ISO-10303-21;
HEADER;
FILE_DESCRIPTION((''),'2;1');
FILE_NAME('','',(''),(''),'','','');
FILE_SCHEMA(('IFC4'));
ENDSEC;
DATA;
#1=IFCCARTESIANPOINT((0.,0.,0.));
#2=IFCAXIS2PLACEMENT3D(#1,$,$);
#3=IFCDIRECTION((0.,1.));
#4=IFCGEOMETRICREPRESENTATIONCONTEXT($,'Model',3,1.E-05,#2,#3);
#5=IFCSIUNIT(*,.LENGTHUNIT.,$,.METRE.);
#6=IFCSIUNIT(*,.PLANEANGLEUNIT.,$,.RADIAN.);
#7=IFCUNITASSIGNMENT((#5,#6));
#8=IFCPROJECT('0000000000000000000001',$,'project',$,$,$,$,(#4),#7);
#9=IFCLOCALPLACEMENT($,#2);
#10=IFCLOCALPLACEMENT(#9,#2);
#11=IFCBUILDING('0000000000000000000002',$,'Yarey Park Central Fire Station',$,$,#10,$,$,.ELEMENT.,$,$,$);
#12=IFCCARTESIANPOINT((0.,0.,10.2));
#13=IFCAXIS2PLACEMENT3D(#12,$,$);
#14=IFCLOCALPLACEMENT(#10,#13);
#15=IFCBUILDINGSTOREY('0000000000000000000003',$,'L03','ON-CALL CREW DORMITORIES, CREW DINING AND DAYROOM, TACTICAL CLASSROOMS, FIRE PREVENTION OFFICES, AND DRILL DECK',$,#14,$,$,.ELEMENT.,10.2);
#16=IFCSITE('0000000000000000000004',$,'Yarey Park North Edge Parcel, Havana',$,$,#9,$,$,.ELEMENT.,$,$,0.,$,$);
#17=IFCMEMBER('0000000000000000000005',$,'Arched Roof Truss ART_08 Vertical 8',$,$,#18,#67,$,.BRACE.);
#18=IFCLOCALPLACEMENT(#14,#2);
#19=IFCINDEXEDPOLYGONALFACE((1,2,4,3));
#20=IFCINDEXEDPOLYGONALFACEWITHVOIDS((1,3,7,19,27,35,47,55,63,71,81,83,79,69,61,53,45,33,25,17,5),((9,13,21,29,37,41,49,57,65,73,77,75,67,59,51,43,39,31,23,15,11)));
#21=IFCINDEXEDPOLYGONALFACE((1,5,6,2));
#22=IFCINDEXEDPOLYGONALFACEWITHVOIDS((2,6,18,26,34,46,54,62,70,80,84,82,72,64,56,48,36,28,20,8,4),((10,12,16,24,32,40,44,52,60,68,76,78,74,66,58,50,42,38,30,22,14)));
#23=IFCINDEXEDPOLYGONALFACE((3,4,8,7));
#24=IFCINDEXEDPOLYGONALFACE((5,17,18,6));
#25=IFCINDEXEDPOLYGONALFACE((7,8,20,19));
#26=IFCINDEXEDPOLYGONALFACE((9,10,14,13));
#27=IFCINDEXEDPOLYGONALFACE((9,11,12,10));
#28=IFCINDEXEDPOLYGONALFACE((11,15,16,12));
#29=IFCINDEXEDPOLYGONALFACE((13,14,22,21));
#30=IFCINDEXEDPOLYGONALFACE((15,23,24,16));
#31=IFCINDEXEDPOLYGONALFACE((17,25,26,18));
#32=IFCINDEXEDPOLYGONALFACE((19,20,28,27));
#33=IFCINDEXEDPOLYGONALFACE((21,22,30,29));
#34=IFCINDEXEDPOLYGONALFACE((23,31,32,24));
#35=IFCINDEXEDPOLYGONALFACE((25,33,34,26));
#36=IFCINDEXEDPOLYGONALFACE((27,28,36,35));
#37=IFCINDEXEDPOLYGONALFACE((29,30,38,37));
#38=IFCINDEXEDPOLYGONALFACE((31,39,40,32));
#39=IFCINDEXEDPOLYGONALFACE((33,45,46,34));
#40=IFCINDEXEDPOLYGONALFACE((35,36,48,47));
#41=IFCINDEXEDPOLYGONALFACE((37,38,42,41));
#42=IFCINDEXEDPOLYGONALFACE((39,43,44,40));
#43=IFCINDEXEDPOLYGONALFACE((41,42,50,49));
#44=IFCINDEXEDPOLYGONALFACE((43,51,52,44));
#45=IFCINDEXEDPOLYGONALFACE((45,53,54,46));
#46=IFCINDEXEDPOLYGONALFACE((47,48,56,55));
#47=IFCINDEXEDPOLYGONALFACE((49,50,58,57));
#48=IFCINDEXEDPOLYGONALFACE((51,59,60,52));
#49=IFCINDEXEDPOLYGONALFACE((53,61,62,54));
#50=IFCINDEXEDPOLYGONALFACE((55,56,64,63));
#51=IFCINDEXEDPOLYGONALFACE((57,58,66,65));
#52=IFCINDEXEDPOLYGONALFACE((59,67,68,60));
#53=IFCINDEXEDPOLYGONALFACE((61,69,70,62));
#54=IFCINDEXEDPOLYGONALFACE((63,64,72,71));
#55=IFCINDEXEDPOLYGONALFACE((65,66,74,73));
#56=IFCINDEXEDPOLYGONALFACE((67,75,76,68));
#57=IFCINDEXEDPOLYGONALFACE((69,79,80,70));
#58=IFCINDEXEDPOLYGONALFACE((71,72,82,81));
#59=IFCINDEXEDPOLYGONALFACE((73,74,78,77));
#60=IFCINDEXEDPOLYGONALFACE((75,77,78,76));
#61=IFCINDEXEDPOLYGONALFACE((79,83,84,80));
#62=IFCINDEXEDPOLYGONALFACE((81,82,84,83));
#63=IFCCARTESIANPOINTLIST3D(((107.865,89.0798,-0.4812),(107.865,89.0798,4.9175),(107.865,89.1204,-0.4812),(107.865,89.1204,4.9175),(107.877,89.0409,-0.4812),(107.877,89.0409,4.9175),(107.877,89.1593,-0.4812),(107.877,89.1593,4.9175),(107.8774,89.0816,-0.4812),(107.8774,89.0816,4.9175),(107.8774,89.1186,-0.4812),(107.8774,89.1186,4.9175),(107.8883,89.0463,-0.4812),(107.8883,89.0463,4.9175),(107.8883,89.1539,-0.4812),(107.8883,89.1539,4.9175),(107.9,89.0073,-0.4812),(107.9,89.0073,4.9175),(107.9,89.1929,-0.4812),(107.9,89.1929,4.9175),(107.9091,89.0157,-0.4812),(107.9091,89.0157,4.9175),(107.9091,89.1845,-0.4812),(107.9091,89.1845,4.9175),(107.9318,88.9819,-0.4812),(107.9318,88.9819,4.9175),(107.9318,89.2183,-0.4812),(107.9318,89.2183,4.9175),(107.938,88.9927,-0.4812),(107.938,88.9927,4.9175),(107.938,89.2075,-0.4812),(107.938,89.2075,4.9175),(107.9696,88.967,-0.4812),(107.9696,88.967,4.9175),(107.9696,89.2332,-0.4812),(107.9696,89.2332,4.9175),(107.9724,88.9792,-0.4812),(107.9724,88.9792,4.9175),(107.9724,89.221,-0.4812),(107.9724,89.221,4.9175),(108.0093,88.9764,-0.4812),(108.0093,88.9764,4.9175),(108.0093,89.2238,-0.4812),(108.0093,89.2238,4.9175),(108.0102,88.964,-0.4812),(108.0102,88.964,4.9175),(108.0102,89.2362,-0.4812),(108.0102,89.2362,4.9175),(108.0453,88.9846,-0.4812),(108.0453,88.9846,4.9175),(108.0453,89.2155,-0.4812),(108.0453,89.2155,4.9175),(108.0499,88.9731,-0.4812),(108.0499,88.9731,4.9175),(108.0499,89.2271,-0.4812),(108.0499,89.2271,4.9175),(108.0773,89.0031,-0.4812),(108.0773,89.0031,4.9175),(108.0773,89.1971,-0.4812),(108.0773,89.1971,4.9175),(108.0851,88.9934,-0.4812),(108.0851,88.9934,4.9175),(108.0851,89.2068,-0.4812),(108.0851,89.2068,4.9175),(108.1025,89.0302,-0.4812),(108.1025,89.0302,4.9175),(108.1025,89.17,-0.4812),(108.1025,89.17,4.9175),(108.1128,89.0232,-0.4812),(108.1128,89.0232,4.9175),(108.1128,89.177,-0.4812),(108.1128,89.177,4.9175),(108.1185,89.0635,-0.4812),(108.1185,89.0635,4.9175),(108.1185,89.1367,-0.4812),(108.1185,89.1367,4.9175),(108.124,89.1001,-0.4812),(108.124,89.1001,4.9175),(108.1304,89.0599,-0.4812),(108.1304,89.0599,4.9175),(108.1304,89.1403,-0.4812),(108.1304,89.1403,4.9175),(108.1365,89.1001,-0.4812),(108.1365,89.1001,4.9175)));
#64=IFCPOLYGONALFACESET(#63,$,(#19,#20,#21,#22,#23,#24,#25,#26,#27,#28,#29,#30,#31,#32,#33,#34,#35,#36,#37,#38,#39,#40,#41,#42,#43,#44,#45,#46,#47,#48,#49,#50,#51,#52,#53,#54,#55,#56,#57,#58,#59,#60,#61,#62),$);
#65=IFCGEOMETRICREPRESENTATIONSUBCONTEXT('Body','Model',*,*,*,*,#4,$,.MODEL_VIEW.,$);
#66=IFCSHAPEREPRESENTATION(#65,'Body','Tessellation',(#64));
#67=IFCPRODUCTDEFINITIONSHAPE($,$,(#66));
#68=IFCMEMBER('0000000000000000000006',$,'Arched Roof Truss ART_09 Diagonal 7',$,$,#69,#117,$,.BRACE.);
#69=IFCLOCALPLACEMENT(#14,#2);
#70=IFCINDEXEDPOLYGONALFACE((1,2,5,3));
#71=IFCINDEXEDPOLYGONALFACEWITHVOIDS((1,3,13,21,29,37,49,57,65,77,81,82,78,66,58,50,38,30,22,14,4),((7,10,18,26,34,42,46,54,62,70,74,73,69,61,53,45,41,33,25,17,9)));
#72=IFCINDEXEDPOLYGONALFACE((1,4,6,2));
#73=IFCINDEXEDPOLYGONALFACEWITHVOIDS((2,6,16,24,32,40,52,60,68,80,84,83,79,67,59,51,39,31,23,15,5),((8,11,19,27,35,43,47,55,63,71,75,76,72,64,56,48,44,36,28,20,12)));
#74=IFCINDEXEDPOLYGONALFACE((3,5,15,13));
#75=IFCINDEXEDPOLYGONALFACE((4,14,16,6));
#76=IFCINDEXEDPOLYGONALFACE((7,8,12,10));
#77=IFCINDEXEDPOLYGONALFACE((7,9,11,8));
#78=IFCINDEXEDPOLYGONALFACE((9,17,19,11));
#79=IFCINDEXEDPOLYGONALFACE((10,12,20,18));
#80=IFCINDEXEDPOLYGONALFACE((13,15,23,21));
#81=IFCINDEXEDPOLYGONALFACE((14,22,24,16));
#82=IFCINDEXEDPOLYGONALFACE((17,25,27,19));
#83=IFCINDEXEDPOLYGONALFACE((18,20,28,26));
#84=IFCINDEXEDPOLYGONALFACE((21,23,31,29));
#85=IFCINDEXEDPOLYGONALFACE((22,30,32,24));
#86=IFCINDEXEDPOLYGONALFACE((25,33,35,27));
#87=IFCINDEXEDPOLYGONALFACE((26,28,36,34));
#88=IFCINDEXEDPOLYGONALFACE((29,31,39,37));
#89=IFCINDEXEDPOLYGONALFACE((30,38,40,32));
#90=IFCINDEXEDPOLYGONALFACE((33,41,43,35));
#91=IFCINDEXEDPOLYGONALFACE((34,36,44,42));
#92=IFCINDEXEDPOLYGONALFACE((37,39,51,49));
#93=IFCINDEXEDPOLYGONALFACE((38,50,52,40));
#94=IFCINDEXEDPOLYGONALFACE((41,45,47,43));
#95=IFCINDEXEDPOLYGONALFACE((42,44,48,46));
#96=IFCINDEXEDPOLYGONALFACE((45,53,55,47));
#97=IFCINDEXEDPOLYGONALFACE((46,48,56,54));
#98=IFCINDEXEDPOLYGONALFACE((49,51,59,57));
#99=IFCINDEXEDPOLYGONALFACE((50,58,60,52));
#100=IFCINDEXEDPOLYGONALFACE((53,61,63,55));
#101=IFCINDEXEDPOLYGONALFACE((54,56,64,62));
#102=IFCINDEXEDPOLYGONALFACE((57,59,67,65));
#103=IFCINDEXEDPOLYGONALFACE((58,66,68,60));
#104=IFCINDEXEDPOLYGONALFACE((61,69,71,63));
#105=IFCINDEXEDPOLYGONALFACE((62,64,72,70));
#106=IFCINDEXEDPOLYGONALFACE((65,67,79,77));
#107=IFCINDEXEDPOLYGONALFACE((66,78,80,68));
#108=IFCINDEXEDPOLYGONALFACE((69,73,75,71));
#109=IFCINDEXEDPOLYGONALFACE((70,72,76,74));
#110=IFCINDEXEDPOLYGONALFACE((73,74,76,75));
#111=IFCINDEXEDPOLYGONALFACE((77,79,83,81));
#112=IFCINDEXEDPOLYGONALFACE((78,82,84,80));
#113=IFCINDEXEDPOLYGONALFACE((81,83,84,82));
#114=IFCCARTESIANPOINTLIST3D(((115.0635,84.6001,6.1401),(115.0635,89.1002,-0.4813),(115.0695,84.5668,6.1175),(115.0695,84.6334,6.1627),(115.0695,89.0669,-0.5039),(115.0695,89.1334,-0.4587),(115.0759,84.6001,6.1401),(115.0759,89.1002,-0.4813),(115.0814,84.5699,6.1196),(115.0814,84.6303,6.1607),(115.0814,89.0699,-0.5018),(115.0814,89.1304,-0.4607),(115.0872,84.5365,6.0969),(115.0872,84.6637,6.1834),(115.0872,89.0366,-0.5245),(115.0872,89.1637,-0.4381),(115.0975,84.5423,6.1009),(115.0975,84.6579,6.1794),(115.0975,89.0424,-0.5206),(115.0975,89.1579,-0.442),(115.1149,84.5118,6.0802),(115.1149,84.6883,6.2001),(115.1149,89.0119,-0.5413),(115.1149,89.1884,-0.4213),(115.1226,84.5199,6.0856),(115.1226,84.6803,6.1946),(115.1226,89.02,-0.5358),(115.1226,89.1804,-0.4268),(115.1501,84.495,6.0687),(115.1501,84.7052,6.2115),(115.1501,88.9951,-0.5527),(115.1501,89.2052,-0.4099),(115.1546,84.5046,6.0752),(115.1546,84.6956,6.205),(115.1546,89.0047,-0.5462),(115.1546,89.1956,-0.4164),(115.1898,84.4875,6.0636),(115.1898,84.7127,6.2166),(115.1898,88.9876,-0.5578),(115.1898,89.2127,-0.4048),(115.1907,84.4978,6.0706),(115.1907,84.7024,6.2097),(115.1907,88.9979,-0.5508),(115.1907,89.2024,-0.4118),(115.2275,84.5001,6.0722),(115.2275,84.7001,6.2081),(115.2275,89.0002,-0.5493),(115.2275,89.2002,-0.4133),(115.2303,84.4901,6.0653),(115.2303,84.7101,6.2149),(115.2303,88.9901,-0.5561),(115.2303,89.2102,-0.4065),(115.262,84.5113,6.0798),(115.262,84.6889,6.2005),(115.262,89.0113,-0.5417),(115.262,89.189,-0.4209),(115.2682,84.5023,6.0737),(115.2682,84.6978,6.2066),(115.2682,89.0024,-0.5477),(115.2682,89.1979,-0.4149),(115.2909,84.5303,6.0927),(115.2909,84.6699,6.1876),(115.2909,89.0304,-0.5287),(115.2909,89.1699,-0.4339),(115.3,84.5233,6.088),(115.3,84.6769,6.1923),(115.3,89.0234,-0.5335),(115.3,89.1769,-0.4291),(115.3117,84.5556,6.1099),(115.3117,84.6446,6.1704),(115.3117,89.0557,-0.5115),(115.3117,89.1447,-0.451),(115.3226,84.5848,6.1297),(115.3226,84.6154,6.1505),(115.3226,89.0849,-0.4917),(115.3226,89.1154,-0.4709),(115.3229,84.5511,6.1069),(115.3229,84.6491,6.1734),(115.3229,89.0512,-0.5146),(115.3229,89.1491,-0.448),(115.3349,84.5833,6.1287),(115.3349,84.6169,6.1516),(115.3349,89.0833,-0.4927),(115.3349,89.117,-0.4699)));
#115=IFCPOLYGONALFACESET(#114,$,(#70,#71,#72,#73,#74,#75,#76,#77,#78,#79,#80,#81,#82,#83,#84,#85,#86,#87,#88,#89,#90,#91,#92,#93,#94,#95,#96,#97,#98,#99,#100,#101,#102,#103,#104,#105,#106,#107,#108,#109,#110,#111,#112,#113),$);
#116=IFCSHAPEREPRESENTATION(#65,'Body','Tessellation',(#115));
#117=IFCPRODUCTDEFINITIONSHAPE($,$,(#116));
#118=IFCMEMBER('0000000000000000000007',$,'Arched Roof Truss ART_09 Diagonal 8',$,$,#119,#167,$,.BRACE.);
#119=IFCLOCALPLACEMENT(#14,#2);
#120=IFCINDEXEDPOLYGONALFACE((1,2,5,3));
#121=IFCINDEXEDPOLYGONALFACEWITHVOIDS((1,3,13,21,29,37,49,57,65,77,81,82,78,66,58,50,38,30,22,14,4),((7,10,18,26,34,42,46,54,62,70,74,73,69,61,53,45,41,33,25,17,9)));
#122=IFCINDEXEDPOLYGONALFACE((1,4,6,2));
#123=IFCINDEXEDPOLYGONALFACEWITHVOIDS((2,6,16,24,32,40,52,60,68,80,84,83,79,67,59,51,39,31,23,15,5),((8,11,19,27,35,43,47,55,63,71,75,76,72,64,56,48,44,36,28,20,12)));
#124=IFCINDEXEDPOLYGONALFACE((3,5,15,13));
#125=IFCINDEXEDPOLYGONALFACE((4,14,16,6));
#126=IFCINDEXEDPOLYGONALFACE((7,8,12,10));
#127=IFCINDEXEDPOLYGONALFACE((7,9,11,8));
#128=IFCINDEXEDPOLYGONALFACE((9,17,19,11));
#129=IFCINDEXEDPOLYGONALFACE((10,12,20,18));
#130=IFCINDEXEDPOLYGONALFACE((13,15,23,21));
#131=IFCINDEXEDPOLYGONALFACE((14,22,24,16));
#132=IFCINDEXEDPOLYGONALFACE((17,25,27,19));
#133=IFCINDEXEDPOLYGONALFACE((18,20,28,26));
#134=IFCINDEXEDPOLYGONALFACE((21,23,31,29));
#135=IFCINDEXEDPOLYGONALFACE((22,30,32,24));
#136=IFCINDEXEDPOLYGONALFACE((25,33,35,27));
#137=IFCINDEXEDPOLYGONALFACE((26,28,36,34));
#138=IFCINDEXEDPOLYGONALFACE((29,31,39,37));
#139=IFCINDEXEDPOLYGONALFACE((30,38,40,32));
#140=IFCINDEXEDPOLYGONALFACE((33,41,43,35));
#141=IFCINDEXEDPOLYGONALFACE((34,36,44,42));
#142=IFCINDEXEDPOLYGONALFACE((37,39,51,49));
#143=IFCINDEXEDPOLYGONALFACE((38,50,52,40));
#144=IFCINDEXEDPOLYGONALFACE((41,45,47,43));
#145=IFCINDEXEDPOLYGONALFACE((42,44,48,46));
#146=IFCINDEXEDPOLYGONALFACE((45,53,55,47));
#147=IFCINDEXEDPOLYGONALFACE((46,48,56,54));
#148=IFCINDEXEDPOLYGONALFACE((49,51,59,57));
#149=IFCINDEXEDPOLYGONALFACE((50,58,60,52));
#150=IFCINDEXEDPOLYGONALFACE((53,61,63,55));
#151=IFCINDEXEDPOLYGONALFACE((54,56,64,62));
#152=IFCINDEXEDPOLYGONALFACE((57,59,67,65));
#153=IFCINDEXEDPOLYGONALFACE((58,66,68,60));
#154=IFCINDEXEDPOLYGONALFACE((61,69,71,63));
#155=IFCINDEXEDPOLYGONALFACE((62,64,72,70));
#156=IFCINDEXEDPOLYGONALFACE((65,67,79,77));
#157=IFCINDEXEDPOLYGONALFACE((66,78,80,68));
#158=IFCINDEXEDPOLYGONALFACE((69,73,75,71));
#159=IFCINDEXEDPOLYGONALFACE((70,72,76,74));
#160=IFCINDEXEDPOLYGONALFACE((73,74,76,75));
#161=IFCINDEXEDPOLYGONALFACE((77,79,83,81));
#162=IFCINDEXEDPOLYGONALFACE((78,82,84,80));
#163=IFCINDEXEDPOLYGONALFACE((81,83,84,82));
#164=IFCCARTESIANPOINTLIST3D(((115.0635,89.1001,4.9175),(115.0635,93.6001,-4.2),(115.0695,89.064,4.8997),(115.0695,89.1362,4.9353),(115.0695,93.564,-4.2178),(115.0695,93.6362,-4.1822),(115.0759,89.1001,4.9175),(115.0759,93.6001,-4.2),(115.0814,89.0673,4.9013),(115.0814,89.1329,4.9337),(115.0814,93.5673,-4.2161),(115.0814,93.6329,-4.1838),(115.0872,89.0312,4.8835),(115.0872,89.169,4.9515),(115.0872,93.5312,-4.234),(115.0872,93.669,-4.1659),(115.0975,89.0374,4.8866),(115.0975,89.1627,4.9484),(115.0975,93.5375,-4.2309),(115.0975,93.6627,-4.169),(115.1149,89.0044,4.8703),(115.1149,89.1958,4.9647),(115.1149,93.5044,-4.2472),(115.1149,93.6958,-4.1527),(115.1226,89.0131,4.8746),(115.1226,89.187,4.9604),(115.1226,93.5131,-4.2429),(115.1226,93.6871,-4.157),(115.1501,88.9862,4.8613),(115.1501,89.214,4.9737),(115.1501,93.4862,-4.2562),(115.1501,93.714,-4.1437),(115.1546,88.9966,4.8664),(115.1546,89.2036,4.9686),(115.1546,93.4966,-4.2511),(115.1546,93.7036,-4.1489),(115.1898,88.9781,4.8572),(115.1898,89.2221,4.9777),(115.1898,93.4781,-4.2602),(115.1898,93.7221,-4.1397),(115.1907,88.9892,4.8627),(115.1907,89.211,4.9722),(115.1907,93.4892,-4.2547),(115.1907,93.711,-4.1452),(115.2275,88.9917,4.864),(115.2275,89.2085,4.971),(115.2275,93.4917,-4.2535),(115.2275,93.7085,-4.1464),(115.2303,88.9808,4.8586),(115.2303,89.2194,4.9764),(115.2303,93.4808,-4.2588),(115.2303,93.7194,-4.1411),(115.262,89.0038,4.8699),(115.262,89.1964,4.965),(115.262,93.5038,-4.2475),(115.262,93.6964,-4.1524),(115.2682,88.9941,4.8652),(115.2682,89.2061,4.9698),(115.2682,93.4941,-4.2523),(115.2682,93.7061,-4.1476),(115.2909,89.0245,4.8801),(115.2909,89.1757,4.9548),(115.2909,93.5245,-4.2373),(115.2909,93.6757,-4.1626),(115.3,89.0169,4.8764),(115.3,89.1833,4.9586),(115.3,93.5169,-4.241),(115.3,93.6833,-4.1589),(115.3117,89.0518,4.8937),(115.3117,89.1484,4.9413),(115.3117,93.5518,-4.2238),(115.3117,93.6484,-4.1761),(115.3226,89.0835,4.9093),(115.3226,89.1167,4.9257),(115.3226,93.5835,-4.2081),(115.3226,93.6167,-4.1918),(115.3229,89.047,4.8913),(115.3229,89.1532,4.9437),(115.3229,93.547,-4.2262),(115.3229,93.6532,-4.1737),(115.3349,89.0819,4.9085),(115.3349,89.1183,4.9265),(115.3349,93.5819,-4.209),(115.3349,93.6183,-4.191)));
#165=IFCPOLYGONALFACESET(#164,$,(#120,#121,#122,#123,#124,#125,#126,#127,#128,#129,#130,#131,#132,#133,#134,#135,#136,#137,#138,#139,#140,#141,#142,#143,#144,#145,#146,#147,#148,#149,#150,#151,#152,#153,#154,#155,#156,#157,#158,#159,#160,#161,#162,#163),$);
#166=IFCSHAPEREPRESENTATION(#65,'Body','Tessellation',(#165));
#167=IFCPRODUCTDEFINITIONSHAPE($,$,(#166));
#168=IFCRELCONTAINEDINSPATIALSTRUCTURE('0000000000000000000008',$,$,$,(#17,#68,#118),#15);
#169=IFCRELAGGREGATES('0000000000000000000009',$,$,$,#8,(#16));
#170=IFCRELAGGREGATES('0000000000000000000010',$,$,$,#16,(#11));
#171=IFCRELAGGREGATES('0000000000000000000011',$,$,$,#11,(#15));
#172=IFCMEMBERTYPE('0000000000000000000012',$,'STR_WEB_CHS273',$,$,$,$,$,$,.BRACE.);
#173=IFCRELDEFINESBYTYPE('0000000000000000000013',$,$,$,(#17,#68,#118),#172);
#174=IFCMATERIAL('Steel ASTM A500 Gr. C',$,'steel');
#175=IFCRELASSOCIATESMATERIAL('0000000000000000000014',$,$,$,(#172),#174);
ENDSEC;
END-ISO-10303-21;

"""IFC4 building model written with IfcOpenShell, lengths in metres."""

from ifc_helpers import new_model, si_unit, direction, frame, origin, origin_2d, place, context, subcontext, project, spatial, hollow_circle, extrude, material, material_profile, profile_set, type_object, element, save


model = new_model("IFC4")

# Units and contexts
model_context = context("Model", 3, precision=1e-05, world=origin(), true_north=direction((0.0, 1.0)))
body_context = subcontext(model_context, "Body", "Model", "MODEL_VIEW")
ifc_project = project(units=[si_unit("LENGTHUNIT", "METRE"), si_unit("PLANEANGLEUNIT", "RADIAN")], contexts=[model_context])

# Site, building, storey
site_placement = place(None, origin())
site = spatial("IfcSite", under=ifc_project, at=site_placement, Name="Yarey Park North Edge Parcel, Havana", CompositionType="ELEMENT", RefElevation=0.0)
building_placement = place(site_placement, origin())
building = spatial("IfcBuilding", under=site, at=building_placement, Name="Yarey Park Central Fire Station", CompositionType="ELEMENT")
storey_placement = place(building_placement, frame((0.0, 0.0, 10.2)))
storey = spatial("IfcBuildingStorey", under=building, at=storey_placement, Name="L03", Description="ON-CALL CREW DORMITORIES, CREW DINING AND DAYROOM, TACTICAL CLASSROOMS, FIRE PREVENTION OFFICES, AND DRILL DECK", CompositionType="ELEMENT", Elevation=10.2)

# Members
ifc_material_1 = material(Name="Steel ASTM A500 Gr. C", Category="steel")
ifc_material_profile_1 = material_profile(ifc_material_1, hollow_circle(Radius=0.1365, WallThickness=0.0125, at=origin_2d()), Name="CHS 273x12.5")
ifc_profile_set_1 = profile_set([ifc_material_profile_1], Name="Steel ASTM A500 Gr. C")
member_type_1 = type_object("IfcMemberType", Name="STR_WEB_CHS273", PredefinedType="BRACE", material=ifc_profile_set_1)
member_1_placement = place(storey_placement, frame((108.0, 89.1001, -0.4812), z_axis=(0.0, 0.0, 1.0), x_axis=(1.0, 0.0, 0.0)))
element("IfcMember", 1, at=member_1_placement, inside=storey, type_object=member_type_1, Name="Arched Roof Truss ART_08 Vertical 8", PredefinedType="BRACE", context=body_context, shape_type="SweptSolid", body=[
    extrude(hollow_circle(Radius=0.1365, WallThickness=0.0125, at=origin_2d()), origin(), (0.0, 0.0, 1.0), 5.3987),
])
member_2_placement = place(storey_placement, frame((115.2, 84.6001, 6.1401), z_axis=(0.0, 0.562096, -0.827072), x_axis=(-1.0, 0.0, 0.0)))
element("IfcMember", 2, at=member_2_placement, inside=storey, type_object=member_type_1, Name="Arched Roof Truss ART_09 Diagonal 7", PredefinedType="BRACE", context=body_context, shape_type="SweptSolid", body=[
    extrude(hollow_circle(Radius=0.1365, WallThickness=0.0125, at=origin_2d()), origin(), (0.0, 0.0, 1.0), 8.0059),
])
member_3_placement = place(storey_placement, frame((115.2, 89.1001, 4.9175), z_axis=(0.0, 0.442588, -0.896725), x_axis=(-1.0, 0.0, 0.0)))
element("IfcMember", 3, at=member_3_placement, inside=storey, type_object=member_type_1, Name="Arched Roof Truss ART_09 Diagonal 8", PredefinedType="BRACE", context=body_context, shape_type="SweptSolid", body=[
    extrude(hollow_circle(Radius=0.1365, WallThickness=0.0125, at=origin_2d()), origin(), (0.0, 0.0, 1.0), 10.1675),
])

save(model, "model.ifc")
